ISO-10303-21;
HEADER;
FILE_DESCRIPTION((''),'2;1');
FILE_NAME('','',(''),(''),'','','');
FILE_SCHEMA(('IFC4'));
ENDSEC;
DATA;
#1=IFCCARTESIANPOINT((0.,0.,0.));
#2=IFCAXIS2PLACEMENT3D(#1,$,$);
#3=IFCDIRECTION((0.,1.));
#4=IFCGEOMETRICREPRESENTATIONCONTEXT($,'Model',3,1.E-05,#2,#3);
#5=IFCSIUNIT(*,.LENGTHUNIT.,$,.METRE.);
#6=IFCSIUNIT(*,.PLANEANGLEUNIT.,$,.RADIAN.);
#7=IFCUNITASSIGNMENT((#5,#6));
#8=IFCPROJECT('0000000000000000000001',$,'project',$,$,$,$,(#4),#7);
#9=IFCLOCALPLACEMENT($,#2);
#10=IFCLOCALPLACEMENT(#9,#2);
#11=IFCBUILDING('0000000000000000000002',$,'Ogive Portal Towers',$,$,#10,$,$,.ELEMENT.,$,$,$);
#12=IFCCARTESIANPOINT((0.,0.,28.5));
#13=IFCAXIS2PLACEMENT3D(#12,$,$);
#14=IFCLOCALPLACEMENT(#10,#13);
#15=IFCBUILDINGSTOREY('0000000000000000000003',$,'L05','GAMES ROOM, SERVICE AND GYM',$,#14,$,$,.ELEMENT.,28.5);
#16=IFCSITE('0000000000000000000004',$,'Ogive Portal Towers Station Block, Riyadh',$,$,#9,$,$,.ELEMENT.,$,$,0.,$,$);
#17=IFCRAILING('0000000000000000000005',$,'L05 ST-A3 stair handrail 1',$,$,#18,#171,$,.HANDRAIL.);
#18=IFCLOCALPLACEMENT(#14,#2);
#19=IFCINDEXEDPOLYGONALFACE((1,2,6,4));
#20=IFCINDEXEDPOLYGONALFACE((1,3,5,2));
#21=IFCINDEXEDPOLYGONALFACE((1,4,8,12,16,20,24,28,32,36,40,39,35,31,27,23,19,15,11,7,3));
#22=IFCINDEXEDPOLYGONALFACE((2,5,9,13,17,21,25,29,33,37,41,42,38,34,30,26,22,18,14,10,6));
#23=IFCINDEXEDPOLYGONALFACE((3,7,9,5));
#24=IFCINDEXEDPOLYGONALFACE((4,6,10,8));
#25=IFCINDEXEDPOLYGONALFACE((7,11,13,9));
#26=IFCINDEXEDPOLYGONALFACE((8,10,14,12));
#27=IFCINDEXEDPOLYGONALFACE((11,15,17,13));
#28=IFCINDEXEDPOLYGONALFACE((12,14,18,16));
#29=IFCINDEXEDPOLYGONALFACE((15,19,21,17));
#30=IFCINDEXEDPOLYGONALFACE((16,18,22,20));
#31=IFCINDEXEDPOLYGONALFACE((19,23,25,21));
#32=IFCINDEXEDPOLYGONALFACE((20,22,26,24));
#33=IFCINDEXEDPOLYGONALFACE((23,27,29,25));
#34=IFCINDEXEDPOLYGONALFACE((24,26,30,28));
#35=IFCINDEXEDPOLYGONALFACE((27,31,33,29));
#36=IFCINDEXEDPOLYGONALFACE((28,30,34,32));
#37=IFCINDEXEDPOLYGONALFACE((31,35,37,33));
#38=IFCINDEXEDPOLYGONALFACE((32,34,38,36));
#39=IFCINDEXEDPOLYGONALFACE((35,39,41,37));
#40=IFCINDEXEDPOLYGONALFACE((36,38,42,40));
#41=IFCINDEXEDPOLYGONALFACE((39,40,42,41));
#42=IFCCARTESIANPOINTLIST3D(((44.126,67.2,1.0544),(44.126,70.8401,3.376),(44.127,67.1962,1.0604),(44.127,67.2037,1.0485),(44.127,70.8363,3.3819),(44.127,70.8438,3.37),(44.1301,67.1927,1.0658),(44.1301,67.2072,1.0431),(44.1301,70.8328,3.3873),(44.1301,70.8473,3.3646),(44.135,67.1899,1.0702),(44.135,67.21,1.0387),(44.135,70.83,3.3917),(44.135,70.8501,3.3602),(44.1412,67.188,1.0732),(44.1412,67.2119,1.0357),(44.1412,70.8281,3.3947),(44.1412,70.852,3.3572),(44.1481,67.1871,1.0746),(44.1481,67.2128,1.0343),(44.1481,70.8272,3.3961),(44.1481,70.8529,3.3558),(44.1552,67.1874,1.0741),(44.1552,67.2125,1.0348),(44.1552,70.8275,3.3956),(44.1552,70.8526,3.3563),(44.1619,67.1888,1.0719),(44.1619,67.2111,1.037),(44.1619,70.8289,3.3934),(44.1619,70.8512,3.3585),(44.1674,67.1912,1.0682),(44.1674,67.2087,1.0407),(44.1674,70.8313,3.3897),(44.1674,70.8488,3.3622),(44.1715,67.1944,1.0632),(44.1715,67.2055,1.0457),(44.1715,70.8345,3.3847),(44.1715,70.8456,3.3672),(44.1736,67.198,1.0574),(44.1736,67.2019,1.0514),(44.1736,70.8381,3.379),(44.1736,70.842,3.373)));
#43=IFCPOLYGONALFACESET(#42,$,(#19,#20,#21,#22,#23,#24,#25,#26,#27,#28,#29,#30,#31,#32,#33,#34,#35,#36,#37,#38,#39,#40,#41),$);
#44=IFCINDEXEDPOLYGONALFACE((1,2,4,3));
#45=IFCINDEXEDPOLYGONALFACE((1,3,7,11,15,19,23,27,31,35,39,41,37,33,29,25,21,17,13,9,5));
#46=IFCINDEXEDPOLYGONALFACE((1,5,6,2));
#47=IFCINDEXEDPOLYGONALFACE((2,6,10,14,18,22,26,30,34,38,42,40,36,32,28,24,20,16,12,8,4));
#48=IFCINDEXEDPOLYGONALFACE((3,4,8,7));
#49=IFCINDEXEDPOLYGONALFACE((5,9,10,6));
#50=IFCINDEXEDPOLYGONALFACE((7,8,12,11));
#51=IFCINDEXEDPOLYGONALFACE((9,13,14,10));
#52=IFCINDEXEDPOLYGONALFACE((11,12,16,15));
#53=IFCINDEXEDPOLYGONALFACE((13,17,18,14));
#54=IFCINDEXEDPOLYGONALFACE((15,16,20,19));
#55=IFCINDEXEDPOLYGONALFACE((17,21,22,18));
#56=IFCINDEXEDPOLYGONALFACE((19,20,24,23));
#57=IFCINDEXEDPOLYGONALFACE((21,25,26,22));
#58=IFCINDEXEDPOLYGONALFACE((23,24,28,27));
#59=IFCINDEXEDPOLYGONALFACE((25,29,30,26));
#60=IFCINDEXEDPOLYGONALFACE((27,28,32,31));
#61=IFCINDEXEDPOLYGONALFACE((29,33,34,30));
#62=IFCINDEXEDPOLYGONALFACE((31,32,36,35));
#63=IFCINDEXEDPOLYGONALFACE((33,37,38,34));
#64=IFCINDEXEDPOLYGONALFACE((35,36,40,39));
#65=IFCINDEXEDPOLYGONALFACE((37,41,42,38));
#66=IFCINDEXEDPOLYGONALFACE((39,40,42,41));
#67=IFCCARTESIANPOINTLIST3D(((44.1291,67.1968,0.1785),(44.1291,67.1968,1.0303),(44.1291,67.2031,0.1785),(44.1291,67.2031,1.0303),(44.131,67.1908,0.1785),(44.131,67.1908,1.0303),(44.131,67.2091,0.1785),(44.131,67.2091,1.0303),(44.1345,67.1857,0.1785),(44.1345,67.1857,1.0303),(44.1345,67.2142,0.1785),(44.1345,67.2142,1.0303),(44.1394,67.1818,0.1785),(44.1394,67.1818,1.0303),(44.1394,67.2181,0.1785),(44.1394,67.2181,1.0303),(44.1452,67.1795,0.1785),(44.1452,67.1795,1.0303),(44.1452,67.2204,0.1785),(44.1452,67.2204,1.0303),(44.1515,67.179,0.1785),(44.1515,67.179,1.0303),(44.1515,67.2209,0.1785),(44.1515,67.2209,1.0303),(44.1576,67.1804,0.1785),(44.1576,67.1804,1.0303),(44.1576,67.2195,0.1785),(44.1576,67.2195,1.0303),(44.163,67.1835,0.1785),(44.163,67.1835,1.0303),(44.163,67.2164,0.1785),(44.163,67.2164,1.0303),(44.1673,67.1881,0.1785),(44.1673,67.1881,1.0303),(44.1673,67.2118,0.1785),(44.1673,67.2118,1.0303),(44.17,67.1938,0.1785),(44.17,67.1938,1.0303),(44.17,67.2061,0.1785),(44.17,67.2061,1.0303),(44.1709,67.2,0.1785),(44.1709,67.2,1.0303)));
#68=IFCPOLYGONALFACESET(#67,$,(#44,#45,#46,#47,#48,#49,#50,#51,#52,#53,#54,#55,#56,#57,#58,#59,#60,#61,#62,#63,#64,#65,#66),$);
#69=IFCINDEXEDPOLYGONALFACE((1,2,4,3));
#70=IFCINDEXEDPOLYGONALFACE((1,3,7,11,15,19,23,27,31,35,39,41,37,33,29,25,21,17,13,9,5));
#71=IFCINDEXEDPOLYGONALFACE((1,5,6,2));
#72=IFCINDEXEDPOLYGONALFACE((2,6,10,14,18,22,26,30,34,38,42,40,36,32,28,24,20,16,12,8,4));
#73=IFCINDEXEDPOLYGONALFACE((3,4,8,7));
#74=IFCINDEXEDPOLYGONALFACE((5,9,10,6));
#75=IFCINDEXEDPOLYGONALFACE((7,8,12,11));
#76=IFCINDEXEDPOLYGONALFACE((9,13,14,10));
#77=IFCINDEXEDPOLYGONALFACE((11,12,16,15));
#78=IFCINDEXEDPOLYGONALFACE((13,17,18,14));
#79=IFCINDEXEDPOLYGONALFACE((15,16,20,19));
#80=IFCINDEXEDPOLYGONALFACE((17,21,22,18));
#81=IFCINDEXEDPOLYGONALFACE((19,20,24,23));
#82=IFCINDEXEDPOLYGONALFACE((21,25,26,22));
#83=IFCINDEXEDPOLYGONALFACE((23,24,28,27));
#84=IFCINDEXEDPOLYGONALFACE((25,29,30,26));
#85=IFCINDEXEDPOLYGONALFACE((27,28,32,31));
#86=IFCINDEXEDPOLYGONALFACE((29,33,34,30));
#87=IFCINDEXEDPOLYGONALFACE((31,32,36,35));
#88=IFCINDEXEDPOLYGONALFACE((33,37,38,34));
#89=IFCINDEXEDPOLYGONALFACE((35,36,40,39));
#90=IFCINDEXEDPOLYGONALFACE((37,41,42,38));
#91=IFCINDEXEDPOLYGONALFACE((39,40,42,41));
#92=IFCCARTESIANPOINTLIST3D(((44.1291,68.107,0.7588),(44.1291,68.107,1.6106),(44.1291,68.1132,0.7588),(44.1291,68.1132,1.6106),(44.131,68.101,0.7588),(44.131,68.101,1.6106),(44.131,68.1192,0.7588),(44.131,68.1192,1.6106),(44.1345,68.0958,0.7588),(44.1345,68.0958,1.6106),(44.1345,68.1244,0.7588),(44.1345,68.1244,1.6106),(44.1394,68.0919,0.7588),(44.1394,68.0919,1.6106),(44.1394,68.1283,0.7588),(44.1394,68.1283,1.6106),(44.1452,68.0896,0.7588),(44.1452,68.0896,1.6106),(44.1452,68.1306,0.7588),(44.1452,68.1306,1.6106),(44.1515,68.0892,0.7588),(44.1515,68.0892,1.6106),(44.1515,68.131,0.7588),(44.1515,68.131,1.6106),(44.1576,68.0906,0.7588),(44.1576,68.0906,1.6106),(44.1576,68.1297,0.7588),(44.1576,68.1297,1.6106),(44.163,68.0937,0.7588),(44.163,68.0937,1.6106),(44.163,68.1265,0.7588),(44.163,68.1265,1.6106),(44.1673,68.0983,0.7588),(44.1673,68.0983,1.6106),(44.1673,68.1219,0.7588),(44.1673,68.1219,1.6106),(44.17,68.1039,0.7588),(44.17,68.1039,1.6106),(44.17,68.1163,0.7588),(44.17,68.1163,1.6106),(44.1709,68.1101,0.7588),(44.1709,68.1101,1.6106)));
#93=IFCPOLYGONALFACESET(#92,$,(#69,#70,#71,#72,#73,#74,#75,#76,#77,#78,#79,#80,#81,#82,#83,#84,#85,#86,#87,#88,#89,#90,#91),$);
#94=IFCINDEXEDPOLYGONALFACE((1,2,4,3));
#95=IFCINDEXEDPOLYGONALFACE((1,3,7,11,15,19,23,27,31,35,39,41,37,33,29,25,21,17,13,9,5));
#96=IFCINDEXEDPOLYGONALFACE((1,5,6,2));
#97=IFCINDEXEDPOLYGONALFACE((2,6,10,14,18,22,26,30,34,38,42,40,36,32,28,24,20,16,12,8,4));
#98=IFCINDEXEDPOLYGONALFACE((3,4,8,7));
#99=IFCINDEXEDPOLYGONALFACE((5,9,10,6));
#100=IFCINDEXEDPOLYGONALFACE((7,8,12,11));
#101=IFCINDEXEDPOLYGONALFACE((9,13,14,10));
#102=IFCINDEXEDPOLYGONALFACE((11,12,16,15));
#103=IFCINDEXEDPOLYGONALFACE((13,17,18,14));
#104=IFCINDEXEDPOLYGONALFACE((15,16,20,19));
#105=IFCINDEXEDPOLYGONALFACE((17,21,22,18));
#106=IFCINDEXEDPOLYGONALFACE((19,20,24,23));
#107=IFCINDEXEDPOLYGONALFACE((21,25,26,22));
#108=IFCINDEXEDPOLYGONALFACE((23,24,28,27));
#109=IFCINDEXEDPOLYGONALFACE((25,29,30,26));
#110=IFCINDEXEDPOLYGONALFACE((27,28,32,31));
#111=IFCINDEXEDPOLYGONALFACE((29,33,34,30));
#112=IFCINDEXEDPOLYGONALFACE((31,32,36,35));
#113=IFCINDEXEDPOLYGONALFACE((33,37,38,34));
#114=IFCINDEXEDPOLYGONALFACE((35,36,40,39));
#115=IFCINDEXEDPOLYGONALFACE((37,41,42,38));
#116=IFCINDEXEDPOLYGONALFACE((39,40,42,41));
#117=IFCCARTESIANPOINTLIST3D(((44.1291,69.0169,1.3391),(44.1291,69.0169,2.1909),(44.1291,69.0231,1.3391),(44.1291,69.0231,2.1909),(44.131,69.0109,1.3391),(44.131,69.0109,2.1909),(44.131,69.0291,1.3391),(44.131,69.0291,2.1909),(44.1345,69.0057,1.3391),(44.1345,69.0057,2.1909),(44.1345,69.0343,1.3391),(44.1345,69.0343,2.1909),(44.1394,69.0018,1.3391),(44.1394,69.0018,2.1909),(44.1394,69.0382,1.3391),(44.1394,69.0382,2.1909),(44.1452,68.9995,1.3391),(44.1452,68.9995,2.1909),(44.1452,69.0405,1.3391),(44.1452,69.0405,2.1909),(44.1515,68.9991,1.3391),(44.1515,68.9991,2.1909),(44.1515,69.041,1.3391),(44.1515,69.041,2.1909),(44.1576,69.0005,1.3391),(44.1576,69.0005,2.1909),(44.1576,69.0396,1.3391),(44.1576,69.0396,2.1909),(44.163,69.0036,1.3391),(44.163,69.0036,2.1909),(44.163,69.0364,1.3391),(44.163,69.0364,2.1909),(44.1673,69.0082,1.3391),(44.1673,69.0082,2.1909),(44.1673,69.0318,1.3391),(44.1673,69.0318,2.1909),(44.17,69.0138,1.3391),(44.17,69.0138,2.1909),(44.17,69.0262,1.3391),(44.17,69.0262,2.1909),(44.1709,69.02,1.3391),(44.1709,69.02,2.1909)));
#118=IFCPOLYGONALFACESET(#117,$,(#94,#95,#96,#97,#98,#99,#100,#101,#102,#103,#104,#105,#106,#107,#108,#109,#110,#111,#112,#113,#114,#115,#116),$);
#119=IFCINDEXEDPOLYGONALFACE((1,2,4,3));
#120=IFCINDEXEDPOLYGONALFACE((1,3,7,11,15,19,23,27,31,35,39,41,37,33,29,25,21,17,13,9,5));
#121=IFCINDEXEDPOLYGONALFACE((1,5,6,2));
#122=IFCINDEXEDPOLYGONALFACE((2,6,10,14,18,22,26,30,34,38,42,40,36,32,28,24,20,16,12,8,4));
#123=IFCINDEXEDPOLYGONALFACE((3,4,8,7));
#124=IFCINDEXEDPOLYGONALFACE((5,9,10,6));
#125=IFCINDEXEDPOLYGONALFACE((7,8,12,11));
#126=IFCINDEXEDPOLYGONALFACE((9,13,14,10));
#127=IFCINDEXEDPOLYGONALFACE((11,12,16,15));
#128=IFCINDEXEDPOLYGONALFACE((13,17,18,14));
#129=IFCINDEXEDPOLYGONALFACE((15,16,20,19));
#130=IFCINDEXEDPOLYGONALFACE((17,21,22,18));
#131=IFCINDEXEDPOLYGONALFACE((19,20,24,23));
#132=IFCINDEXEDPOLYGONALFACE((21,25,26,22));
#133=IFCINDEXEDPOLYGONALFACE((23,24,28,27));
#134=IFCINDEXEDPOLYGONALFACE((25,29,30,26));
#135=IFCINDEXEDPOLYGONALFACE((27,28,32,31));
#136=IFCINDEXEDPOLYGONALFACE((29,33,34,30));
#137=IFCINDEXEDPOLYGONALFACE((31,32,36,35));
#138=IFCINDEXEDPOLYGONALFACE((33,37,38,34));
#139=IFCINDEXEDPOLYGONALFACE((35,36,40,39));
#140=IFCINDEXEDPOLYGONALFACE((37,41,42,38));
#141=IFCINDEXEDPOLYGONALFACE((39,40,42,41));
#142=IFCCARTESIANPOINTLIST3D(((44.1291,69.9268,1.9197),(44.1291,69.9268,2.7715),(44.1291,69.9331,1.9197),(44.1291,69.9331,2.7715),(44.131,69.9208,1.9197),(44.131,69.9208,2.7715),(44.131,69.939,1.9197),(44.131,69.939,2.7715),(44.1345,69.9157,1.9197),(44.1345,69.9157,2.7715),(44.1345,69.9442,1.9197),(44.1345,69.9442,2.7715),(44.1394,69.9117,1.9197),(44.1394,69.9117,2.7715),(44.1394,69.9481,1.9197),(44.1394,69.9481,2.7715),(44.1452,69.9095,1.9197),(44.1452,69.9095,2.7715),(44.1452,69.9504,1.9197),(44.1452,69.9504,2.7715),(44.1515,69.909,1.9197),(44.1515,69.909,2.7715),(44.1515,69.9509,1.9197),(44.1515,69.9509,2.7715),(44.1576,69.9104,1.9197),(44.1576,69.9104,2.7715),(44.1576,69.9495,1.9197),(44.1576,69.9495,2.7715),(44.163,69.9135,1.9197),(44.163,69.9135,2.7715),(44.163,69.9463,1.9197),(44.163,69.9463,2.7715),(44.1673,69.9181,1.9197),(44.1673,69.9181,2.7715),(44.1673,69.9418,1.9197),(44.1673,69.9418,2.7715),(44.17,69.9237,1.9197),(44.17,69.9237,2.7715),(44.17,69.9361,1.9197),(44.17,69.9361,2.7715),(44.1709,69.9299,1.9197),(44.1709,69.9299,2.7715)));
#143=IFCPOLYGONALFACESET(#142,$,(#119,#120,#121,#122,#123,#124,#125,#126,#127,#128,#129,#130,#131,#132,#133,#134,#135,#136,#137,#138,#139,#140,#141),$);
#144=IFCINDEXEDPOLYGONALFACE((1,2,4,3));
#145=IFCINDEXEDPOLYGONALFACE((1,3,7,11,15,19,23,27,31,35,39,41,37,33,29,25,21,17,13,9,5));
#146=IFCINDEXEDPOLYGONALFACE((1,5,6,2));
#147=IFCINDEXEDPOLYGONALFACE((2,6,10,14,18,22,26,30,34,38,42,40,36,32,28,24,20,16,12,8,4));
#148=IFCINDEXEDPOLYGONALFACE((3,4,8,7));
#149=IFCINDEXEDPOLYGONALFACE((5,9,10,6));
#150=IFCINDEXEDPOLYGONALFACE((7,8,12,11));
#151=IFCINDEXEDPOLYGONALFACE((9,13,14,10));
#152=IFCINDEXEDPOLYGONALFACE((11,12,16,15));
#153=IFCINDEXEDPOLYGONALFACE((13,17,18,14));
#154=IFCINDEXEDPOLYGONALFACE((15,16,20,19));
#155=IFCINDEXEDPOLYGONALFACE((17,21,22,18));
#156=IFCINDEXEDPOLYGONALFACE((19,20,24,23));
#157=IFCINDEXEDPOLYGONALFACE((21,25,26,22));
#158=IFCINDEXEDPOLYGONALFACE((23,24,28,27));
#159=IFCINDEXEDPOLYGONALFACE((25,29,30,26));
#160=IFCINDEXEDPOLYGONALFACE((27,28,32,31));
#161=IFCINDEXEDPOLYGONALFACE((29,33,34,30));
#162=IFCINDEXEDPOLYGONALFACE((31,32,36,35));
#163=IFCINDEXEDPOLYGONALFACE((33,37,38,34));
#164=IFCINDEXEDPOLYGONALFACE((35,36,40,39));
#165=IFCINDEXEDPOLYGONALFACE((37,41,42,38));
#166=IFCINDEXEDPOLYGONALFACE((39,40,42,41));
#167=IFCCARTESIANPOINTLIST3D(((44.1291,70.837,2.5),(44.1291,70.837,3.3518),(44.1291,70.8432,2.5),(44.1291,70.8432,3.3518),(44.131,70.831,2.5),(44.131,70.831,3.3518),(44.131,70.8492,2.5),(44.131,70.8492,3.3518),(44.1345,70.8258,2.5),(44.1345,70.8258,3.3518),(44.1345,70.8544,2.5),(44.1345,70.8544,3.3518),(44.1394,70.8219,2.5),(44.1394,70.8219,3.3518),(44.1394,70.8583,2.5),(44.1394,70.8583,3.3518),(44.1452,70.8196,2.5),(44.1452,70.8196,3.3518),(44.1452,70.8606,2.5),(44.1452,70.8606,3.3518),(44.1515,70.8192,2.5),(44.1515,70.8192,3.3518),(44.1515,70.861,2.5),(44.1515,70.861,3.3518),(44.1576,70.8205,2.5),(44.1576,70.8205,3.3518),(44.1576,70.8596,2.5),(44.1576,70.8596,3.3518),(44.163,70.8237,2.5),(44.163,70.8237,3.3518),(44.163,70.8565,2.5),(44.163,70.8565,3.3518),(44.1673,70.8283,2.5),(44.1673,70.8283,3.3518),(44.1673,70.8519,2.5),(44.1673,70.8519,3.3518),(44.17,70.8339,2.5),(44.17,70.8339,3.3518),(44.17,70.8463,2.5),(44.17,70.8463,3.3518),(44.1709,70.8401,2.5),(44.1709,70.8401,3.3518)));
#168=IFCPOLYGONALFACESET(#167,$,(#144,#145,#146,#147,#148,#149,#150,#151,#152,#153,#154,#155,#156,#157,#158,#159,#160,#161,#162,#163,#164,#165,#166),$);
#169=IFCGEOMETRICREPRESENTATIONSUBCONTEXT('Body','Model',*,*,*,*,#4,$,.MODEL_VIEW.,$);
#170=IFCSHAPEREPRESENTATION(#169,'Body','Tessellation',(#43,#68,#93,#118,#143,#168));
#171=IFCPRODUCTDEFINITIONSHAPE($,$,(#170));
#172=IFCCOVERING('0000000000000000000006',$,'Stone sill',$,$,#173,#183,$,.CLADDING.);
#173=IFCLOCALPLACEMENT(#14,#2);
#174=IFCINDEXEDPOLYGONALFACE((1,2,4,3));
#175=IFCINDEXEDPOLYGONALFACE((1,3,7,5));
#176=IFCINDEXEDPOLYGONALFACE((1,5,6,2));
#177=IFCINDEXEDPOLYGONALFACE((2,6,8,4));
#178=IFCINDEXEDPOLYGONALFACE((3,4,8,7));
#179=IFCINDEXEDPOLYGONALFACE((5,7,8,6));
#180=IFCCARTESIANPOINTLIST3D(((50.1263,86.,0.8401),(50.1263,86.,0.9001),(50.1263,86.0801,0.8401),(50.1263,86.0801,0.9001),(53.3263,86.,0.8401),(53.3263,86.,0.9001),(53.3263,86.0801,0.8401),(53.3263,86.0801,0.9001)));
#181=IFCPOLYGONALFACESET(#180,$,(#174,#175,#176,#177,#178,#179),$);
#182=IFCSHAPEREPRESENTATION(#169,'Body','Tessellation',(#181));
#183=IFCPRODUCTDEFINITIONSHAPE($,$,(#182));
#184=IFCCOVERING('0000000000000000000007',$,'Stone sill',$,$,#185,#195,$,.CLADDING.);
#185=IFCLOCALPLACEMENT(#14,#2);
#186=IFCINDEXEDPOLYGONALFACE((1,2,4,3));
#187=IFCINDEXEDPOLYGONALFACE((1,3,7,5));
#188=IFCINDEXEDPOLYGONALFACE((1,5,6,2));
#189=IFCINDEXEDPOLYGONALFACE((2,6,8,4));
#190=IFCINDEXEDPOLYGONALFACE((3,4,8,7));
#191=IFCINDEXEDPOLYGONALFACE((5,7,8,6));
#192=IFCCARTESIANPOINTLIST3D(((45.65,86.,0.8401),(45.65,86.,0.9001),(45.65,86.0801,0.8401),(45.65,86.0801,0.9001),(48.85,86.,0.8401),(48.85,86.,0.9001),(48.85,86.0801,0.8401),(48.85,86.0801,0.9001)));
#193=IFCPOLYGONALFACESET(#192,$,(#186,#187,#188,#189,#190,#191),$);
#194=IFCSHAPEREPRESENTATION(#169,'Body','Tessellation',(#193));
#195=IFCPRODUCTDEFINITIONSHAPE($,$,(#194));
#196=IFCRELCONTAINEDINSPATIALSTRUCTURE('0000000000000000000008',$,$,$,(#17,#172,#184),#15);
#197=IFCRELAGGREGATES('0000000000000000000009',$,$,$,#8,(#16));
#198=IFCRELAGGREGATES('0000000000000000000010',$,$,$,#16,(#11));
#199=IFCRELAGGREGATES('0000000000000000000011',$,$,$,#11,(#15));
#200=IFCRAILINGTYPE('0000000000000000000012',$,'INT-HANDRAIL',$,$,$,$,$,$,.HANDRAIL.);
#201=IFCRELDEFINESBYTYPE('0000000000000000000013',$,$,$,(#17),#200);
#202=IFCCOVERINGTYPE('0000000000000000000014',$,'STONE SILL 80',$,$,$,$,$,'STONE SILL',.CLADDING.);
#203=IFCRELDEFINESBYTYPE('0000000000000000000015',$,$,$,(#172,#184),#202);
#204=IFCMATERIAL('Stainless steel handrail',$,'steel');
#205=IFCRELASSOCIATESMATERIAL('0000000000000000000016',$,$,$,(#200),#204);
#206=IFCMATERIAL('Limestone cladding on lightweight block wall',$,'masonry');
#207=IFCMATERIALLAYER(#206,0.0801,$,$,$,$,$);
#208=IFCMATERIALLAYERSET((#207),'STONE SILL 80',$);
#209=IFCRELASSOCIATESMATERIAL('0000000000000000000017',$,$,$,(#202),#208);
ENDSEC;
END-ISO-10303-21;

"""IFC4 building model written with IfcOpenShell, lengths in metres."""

from ifc_helpers import new_model, si_unit, direction, frame, origin, origin_2d, place, context, subcontext, project, spatial, rectangle, circle, extrude, material, layer, layer_set, type_object, element, save


model = new_model("IFC4")

# Units and contexts
model_context = context("Model", 3, precision=1e-05, world=origin(), true_north=direction((0.0, 1.0)))
body_context = subcontext(model_context, "Body", "Model", "MODEL_VIEW")
ifc_project = project(units=[si_unit("LENGTHUNIT", "METRE"), si_unit("PLANEANGLEUNIT", "RADIAN")], contexts=[model_context])

# Site, building, storey
site_placement = place(None, origin())
site = spatial("IfcSite", under=ifc_project, at=site_placement, Name="Ogive Portal Towers Station Block, Riyadh", CompositionType="ELEMENT", RefElevation=0.0)
building_placement = place(site_placement, origin())
building = spatial("IfcBuilding", under=site, at=building_placement, Name="Ogive Portal Towers", CompositionType="ELEMENT")
storey_placement = place(building_placement, frame((0.0, 0.0, 28.5)))
storey = spatial("IfcBuildingStorey", under=building, at=storey_placement, Name="L05", Description="GAMES ROOM, SERVICE AND GYM", CompositionType="ELEMENT", Elevation=28.5)

# Shared definitions
ifc_material_1 = material(Name="Limestone cladding on lightweight block wall", Category="masonry")

# Railing
ifc_material_2 = material(Name="Stainless steel handrail", Category="steel")
railing_type = type_object("IfcRailingType", Name="INT-HANDRAIL", PredefinedType="HANDRAIL", material=ifc_material_2)
railing_placement = place(storey_placement, frame((44.1499, 67.2, 0.1785)))
element("IfcRailing", 1, at=railing_placement, inside=storey, type_object=railing_type, Name="L05 ST-A3 stair handrail 1", PredefinedType="HANDRAIL", context=body_context, shape_type="SweptSolid", body=[
    extrude(circle(Radius=0.0239, at=origin_2d()), frame((0.0, 0.0, 0.876), z_axis=(0.0, 0.843128, 0.537713), x_axis=(-1.0, 0.0, 0.0)), (0.0, 0.0, 1.0), 4.3174),
    extrude(circle(Radius=0.021, at=origin_2d()), origin(), (0.0, 0.0, 1.0), 0.8518),
    extrude(circle(Radius=0.021, at=origin_2d()), frame((0.0, 0.9102, 0.5803)), (0.0, 0.0, 1.0), 0.8518),
    extrude(circle(Radius=0.021, at=origin_2d()), frame((0.0, 1.8201, 1.1606)), (0.0, 0.0, 1.0), 0.8518),
    extrude(circle(Radius=0.021, at=origin_2d()), frame((0.0, 2.73, 1.7412)), (0.0, 0.0, 1.0), 0.8518),
    extrude(circle(Radius=0.021, at=origin_2d()), frame((0.0, 3.6401, 2.3215)), (0.0, 0.0, 1.0), 0.8518),
])

# Coverings
ifc_layer_1 = layer(ifc_material_1, 0.0801)
ifc_layer_set_1 = layer_set([ifc_layer_1], Name="STONE SILL 80")
covering_type = type_object("IfcCoveringType", Name="STONE SILL 80", ElementType="STONE SILL", PredefinedType="CLADDING", material=ifc_layer_set_1)
for number, where, z_axis, x_axis, name in (
    (2, (51.7263, 86.04, 0.8401), (0.0, 0.0, 1.0), (-1.0, 0.0, 0.0), "Stone sill"),
    (3, (47.25, 86.04, 0.8401), (0.0, 0.0, 1.0), (-1.0, 0.0, 0.0), "Stone sill"),
):
    element("IfcCovering", number, at=place(storey_placement, frame(where, z_axis=z_axis, x_axis=x_axis)), inside=storey, type_object=covering_type, Name=name, PredefinedType="CLADDING", context=body_context, shape_type="SweptSolid", body=[
        extrude(rectangle(XDim=3.2, YDim=0.0801, at=origin_2d()), origin(), (0.0, 0.0, 1.0), 0.0601),
    ])

save(model, "model.ifc")
